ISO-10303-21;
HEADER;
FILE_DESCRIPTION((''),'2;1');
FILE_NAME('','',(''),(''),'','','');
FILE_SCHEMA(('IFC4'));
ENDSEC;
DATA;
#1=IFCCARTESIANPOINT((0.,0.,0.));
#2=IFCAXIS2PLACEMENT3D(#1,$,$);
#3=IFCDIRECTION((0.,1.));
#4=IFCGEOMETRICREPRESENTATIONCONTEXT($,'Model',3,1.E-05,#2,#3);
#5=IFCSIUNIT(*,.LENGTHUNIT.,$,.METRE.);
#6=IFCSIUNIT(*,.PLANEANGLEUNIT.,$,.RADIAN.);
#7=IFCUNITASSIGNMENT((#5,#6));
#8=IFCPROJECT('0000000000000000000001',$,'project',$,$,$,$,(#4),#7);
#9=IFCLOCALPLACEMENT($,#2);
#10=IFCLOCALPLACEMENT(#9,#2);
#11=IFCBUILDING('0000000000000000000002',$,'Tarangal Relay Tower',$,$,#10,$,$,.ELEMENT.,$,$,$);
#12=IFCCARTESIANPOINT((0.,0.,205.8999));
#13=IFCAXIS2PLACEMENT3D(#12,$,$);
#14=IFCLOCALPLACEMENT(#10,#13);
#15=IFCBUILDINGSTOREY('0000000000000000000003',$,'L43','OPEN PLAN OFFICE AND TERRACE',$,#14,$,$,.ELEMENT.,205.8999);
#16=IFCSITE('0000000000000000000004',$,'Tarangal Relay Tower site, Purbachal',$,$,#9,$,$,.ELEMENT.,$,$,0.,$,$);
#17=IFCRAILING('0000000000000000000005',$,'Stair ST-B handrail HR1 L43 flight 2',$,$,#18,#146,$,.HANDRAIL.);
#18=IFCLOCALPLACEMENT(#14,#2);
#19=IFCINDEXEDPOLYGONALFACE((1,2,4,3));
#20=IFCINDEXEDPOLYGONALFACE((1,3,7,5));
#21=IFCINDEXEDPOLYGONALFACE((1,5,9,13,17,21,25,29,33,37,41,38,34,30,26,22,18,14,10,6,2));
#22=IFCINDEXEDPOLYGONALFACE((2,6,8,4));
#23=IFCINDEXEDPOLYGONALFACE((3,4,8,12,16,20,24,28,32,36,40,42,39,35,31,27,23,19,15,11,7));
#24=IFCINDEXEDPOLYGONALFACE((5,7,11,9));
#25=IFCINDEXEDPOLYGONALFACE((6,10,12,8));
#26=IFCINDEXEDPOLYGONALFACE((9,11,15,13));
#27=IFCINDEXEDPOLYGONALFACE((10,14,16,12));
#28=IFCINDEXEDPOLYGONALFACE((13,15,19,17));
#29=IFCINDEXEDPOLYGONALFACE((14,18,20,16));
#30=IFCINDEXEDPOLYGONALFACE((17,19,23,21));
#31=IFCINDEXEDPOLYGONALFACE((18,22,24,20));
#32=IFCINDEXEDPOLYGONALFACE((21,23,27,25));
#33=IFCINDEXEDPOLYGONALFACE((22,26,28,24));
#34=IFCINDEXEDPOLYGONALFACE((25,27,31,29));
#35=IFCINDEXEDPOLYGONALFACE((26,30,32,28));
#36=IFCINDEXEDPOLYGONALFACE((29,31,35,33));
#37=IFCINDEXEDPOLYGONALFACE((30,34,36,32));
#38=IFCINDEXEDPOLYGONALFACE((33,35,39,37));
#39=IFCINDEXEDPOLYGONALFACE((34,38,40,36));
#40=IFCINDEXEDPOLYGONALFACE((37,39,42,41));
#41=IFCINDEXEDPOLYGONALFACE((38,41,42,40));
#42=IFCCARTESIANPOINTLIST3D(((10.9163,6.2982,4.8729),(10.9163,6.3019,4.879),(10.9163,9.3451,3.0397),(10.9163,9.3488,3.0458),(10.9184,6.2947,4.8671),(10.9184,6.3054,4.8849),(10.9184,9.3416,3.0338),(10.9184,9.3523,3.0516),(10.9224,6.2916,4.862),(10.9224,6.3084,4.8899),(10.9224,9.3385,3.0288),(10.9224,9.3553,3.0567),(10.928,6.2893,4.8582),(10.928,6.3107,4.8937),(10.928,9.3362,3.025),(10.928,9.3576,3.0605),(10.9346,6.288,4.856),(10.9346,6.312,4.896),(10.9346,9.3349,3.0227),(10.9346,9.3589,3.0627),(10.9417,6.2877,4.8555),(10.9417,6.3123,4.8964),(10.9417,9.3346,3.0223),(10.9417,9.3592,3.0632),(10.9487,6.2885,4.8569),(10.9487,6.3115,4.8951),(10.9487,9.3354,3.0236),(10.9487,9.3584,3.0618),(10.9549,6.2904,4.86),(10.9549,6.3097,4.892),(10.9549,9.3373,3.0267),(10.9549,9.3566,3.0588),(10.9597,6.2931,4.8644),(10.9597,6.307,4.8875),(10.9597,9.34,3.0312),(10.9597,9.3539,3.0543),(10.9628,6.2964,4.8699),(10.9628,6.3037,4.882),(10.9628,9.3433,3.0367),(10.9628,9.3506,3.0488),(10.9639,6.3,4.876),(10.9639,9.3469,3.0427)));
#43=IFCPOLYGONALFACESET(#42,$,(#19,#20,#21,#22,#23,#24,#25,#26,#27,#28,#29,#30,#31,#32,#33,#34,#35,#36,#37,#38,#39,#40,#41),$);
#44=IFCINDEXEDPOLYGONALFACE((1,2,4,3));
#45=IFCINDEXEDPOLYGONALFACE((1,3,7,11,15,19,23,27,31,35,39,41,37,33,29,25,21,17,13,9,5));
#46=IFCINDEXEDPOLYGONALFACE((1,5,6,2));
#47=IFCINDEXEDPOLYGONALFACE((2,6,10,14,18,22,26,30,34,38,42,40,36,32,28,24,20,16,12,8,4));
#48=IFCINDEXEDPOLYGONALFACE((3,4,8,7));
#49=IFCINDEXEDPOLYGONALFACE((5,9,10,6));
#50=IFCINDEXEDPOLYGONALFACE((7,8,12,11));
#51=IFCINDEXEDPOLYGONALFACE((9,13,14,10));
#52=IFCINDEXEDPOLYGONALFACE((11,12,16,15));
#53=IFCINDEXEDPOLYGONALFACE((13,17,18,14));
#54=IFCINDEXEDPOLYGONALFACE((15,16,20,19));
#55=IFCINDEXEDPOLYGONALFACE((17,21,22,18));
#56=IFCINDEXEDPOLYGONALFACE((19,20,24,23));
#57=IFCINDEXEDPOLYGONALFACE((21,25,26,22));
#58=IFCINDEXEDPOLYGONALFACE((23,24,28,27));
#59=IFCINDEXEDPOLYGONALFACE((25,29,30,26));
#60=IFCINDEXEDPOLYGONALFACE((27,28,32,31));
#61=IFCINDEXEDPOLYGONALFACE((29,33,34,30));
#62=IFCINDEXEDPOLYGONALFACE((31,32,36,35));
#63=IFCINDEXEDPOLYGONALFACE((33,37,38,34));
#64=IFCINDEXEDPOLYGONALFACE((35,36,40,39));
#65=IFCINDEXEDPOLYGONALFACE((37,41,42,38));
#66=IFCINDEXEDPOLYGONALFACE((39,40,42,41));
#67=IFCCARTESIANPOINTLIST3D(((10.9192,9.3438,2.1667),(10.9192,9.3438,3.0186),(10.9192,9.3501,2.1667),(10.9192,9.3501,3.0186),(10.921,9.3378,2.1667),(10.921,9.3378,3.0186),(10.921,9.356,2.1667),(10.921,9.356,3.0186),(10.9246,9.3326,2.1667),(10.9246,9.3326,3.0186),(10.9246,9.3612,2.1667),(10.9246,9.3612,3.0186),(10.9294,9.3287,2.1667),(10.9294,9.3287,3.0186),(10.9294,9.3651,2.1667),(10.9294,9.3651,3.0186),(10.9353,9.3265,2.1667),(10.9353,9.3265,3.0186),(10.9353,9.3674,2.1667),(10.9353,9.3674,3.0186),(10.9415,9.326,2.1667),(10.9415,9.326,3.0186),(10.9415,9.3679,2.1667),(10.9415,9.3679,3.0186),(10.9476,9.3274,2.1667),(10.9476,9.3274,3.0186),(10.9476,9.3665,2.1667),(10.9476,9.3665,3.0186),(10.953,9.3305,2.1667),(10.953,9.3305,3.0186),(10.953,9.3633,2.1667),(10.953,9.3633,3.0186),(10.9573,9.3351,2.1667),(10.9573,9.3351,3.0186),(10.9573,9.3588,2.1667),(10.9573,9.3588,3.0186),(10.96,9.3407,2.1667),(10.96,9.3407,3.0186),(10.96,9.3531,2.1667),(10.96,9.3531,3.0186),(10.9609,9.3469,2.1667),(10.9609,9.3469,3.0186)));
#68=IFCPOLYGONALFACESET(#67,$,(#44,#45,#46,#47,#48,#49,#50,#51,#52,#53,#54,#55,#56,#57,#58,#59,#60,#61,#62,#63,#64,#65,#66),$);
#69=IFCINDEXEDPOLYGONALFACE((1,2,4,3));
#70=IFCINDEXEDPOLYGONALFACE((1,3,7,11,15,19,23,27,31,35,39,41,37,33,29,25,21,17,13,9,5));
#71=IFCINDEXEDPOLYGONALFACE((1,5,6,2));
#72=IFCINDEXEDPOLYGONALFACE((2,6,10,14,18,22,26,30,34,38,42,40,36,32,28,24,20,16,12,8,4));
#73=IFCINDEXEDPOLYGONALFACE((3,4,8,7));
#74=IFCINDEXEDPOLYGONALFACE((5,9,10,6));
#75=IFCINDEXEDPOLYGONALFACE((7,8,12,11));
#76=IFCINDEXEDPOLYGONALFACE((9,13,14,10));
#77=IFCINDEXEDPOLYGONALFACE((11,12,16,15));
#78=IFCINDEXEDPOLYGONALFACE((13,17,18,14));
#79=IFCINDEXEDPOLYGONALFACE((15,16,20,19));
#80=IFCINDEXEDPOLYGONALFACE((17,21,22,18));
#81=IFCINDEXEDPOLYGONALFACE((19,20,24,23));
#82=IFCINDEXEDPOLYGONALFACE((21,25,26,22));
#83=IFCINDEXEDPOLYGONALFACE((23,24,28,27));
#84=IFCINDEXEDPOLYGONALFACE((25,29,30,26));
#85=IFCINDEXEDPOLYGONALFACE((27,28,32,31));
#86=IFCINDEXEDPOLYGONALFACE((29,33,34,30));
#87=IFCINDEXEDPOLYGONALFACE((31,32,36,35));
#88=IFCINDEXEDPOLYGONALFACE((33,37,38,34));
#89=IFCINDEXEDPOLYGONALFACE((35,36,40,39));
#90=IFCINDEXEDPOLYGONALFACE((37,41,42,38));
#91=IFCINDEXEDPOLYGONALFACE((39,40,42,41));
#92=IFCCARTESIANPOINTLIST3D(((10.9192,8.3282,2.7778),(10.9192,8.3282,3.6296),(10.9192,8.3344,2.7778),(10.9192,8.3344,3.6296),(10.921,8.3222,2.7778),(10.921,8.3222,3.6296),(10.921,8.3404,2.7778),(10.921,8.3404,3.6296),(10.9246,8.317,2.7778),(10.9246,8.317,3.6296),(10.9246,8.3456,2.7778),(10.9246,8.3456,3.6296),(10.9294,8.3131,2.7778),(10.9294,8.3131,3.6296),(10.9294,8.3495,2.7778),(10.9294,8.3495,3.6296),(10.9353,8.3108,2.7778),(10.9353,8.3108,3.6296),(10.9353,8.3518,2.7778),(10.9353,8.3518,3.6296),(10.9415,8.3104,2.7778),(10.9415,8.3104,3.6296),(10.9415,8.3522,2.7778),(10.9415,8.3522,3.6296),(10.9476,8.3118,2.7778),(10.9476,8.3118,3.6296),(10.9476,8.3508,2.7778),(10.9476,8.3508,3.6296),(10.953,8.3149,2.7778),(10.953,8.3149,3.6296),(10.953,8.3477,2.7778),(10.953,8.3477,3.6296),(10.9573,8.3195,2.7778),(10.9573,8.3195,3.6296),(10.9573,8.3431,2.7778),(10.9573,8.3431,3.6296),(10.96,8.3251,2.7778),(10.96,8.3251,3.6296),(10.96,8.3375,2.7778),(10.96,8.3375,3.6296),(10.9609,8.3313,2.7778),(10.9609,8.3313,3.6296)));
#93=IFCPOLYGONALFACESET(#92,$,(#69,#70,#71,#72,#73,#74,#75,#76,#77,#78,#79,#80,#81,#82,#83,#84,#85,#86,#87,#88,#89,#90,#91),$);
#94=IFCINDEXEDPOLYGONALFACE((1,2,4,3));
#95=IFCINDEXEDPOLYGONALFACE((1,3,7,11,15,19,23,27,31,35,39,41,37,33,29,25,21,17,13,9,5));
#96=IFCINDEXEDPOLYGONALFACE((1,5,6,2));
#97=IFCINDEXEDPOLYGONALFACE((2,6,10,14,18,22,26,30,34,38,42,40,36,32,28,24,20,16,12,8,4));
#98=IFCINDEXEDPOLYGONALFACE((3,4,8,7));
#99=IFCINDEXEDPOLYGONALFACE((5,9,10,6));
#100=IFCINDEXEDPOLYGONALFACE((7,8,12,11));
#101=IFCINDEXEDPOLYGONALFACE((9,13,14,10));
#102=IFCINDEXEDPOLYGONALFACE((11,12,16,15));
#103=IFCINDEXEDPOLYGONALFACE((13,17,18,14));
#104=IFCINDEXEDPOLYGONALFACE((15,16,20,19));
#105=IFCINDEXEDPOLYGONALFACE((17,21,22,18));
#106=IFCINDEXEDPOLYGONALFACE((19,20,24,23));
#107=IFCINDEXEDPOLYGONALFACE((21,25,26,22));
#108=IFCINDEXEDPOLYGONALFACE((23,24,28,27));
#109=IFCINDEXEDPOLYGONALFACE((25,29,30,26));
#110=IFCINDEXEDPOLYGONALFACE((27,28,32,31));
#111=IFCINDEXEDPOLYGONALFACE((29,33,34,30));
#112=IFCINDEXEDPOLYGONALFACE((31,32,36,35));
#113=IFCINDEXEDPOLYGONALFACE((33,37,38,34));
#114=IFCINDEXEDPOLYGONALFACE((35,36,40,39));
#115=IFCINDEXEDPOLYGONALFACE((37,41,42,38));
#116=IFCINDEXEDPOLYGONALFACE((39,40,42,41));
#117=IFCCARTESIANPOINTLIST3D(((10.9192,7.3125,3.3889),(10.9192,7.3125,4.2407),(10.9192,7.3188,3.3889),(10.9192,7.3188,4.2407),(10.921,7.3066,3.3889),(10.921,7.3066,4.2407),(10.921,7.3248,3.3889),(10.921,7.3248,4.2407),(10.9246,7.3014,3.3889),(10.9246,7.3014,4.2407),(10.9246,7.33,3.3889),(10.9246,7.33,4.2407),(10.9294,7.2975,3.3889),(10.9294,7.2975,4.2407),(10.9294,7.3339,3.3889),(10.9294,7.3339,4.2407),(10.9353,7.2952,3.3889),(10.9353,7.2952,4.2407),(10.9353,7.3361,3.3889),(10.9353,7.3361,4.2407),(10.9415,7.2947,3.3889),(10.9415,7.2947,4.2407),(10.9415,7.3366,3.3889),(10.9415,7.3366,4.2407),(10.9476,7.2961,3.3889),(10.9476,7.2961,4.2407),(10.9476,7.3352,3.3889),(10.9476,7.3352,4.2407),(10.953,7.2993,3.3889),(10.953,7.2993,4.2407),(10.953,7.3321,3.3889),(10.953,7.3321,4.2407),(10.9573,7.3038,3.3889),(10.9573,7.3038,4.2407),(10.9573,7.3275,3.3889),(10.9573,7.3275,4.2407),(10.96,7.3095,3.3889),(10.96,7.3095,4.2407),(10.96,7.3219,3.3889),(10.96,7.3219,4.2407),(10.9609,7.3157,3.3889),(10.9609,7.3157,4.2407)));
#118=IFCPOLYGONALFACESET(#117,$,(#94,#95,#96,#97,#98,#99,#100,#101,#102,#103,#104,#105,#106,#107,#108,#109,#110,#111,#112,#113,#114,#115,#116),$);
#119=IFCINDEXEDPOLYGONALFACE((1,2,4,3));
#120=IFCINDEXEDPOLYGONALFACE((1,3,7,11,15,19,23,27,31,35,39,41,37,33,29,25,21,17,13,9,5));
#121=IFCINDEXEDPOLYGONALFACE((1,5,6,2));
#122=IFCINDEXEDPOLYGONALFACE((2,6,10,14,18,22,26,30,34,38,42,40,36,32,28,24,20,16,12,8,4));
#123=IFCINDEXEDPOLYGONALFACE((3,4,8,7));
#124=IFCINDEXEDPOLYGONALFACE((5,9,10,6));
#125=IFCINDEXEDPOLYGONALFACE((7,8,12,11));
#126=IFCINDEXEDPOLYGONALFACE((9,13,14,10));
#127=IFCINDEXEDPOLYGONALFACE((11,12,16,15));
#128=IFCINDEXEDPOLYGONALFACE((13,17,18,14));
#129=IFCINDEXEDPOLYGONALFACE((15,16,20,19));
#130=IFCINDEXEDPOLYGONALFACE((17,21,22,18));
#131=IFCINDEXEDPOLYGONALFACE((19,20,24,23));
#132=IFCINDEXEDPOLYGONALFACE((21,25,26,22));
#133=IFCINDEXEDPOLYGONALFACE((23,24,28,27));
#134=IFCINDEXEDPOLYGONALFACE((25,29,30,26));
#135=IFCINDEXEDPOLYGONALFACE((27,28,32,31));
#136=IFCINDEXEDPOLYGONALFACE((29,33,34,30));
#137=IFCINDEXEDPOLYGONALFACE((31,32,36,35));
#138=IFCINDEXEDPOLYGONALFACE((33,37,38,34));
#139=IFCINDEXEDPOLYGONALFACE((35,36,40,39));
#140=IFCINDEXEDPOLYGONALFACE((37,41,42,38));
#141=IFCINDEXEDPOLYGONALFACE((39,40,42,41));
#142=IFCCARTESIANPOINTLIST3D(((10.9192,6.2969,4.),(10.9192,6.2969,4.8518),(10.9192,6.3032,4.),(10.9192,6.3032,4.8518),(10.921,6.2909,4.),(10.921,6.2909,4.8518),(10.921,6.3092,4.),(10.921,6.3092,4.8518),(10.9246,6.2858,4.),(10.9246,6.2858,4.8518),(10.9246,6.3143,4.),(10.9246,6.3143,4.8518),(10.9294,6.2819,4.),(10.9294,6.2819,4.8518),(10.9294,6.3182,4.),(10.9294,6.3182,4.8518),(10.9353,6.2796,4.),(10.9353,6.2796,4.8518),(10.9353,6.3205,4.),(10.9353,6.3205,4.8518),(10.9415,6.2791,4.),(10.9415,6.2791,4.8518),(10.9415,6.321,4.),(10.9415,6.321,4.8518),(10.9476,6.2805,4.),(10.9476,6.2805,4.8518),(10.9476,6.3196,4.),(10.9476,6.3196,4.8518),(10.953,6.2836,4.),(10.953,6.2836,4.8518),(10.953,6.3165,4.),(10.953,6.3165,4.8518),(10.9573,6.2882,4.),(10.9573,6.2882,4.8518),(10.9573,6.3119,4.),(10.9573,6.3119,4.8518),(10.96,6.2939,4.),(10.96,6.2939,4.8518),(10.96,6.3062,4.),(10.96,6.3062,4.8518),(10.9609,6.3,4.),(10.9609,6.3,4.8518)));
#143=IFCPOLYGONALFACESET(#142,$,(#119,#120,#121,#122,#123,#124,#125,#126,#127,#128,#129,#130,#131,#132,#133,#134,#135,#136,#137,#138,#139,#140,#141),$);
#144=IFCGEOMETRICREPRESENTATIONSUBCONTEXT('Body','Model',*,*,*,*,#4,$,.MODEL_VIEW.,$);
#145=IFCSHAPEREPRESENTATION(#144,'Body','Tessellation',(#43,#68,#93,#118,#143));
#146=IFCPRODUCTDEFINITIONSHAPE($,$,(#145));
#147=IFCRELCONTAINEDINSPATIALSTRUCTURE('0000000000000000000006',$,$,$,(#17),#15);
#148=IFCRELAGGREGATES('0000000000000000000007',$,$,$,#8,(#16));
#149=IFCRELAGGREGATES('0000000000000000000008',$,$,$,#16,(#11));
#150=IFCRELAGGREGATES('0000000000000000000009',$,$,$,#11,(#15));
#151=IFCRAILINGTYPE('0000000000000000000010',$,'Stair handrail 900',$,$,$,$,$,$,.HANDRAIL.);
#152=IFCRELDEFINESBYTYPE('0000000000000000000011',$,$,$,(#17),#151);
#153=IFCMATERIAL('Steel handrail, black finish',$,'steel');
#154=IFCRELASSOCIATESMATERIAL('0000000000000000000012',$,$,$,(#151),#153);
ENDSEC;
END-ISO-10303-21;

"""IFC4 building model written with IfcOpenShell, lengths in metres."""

from ifc_helpers import new_model, si_unit, direction, frame, origin, origin_2d, place, context, subcontext, project, spatial, circle, extrude, material, type_object, element, save


model = new_model("IFC4")

# Units and contexts
model_context = context("Model", 3, precision=1e-05, world=origin(), true_north=direction((0.0, 1.0)))
body_context = subcontext(model_context, "Body", "Model", "MODEL_VIEW")
ifc_project = project(units=[si_unit("LENGTHUNIT", "METRE"), si_unit("PLANEANGLEUNIT", "RADIAN")], contexts=[model_context])

# Site, building, storey
site_placement = place(None, origin())
site = spatial("IfcSite", under=ifc_project, at=site_placement, Name="Tarangal Relay Tower site, Purbachal", CompositionType="ELEMENT", RefElevation=0.0)
building_placement = place(site_placement, origin())
building = spatial("IfcBuilding", under=site, at=building_placement, Name="Tarangal Relay Tower", CompositionType="ELEMENT")
storey_placement = place(building_placement, frame((0.0, 0.0, 205.8999)))
storey = spatial("IfcBuildingStorey", under=building, at=storey_placement, Name="L43", Description="OPEN PLAN OFFICE AND TERRACE", CompositionType="ELEMENT", Elevation=205.8999)

# Railing
ifc_material_1 = material(Name="Steel handrail, black finish", Category="steel")
railing_type_1 = type_object("IfcRailingType", Name="Stair handrail 900", PredefinedType="HANDRAIL", material=ifc_material_1)
railing_1_placement = place(storey_placement, frame((10.9399, 9.3469, 2.1667)))
element("IfcRailing", 1, at=railing_1_placement, inside=storey, type_object=railing_type_1, Name="Stair ST-B handrail HR1 L43 flight 2", PredefinedType="HANDRAIL", context=body_context, shape_type="SweptSolid", body=[
    extrude(circle(Radius=0.0239, at=origin_2d()), frame((0.0, 0.0, 0.876), z_axis=(0.0, -0.856856, 0.515556), x_axis=(1.0, 0.0, 0.0)), (0.0, 0.0, 1.0), 3.5559),
    extrude(circle(Radius=0.021, at=origin_2d()), origin(), (0.0, 0.0, 1.0), 0.8518),
    extrude(circle(Radius=0.021, at=origin_2d()), frame((0.0, -1.0156, 0.6111)), (0.0, 0.0, 1.0), 0.8518),
    extrude(circle(Radius=0.021, at=origin_2d()), frame((0.0, -2.0312, 1.2222)), (0.0, 0.0, 1.0), 0.8518),
    extrude(circle(Radius=0.021, at=origin_2d()), frame((0.0, -3.0469, 1.8333)), (0.0, 0.0, 1.0), 0.8518),
])

save(model, "model.ifc")
